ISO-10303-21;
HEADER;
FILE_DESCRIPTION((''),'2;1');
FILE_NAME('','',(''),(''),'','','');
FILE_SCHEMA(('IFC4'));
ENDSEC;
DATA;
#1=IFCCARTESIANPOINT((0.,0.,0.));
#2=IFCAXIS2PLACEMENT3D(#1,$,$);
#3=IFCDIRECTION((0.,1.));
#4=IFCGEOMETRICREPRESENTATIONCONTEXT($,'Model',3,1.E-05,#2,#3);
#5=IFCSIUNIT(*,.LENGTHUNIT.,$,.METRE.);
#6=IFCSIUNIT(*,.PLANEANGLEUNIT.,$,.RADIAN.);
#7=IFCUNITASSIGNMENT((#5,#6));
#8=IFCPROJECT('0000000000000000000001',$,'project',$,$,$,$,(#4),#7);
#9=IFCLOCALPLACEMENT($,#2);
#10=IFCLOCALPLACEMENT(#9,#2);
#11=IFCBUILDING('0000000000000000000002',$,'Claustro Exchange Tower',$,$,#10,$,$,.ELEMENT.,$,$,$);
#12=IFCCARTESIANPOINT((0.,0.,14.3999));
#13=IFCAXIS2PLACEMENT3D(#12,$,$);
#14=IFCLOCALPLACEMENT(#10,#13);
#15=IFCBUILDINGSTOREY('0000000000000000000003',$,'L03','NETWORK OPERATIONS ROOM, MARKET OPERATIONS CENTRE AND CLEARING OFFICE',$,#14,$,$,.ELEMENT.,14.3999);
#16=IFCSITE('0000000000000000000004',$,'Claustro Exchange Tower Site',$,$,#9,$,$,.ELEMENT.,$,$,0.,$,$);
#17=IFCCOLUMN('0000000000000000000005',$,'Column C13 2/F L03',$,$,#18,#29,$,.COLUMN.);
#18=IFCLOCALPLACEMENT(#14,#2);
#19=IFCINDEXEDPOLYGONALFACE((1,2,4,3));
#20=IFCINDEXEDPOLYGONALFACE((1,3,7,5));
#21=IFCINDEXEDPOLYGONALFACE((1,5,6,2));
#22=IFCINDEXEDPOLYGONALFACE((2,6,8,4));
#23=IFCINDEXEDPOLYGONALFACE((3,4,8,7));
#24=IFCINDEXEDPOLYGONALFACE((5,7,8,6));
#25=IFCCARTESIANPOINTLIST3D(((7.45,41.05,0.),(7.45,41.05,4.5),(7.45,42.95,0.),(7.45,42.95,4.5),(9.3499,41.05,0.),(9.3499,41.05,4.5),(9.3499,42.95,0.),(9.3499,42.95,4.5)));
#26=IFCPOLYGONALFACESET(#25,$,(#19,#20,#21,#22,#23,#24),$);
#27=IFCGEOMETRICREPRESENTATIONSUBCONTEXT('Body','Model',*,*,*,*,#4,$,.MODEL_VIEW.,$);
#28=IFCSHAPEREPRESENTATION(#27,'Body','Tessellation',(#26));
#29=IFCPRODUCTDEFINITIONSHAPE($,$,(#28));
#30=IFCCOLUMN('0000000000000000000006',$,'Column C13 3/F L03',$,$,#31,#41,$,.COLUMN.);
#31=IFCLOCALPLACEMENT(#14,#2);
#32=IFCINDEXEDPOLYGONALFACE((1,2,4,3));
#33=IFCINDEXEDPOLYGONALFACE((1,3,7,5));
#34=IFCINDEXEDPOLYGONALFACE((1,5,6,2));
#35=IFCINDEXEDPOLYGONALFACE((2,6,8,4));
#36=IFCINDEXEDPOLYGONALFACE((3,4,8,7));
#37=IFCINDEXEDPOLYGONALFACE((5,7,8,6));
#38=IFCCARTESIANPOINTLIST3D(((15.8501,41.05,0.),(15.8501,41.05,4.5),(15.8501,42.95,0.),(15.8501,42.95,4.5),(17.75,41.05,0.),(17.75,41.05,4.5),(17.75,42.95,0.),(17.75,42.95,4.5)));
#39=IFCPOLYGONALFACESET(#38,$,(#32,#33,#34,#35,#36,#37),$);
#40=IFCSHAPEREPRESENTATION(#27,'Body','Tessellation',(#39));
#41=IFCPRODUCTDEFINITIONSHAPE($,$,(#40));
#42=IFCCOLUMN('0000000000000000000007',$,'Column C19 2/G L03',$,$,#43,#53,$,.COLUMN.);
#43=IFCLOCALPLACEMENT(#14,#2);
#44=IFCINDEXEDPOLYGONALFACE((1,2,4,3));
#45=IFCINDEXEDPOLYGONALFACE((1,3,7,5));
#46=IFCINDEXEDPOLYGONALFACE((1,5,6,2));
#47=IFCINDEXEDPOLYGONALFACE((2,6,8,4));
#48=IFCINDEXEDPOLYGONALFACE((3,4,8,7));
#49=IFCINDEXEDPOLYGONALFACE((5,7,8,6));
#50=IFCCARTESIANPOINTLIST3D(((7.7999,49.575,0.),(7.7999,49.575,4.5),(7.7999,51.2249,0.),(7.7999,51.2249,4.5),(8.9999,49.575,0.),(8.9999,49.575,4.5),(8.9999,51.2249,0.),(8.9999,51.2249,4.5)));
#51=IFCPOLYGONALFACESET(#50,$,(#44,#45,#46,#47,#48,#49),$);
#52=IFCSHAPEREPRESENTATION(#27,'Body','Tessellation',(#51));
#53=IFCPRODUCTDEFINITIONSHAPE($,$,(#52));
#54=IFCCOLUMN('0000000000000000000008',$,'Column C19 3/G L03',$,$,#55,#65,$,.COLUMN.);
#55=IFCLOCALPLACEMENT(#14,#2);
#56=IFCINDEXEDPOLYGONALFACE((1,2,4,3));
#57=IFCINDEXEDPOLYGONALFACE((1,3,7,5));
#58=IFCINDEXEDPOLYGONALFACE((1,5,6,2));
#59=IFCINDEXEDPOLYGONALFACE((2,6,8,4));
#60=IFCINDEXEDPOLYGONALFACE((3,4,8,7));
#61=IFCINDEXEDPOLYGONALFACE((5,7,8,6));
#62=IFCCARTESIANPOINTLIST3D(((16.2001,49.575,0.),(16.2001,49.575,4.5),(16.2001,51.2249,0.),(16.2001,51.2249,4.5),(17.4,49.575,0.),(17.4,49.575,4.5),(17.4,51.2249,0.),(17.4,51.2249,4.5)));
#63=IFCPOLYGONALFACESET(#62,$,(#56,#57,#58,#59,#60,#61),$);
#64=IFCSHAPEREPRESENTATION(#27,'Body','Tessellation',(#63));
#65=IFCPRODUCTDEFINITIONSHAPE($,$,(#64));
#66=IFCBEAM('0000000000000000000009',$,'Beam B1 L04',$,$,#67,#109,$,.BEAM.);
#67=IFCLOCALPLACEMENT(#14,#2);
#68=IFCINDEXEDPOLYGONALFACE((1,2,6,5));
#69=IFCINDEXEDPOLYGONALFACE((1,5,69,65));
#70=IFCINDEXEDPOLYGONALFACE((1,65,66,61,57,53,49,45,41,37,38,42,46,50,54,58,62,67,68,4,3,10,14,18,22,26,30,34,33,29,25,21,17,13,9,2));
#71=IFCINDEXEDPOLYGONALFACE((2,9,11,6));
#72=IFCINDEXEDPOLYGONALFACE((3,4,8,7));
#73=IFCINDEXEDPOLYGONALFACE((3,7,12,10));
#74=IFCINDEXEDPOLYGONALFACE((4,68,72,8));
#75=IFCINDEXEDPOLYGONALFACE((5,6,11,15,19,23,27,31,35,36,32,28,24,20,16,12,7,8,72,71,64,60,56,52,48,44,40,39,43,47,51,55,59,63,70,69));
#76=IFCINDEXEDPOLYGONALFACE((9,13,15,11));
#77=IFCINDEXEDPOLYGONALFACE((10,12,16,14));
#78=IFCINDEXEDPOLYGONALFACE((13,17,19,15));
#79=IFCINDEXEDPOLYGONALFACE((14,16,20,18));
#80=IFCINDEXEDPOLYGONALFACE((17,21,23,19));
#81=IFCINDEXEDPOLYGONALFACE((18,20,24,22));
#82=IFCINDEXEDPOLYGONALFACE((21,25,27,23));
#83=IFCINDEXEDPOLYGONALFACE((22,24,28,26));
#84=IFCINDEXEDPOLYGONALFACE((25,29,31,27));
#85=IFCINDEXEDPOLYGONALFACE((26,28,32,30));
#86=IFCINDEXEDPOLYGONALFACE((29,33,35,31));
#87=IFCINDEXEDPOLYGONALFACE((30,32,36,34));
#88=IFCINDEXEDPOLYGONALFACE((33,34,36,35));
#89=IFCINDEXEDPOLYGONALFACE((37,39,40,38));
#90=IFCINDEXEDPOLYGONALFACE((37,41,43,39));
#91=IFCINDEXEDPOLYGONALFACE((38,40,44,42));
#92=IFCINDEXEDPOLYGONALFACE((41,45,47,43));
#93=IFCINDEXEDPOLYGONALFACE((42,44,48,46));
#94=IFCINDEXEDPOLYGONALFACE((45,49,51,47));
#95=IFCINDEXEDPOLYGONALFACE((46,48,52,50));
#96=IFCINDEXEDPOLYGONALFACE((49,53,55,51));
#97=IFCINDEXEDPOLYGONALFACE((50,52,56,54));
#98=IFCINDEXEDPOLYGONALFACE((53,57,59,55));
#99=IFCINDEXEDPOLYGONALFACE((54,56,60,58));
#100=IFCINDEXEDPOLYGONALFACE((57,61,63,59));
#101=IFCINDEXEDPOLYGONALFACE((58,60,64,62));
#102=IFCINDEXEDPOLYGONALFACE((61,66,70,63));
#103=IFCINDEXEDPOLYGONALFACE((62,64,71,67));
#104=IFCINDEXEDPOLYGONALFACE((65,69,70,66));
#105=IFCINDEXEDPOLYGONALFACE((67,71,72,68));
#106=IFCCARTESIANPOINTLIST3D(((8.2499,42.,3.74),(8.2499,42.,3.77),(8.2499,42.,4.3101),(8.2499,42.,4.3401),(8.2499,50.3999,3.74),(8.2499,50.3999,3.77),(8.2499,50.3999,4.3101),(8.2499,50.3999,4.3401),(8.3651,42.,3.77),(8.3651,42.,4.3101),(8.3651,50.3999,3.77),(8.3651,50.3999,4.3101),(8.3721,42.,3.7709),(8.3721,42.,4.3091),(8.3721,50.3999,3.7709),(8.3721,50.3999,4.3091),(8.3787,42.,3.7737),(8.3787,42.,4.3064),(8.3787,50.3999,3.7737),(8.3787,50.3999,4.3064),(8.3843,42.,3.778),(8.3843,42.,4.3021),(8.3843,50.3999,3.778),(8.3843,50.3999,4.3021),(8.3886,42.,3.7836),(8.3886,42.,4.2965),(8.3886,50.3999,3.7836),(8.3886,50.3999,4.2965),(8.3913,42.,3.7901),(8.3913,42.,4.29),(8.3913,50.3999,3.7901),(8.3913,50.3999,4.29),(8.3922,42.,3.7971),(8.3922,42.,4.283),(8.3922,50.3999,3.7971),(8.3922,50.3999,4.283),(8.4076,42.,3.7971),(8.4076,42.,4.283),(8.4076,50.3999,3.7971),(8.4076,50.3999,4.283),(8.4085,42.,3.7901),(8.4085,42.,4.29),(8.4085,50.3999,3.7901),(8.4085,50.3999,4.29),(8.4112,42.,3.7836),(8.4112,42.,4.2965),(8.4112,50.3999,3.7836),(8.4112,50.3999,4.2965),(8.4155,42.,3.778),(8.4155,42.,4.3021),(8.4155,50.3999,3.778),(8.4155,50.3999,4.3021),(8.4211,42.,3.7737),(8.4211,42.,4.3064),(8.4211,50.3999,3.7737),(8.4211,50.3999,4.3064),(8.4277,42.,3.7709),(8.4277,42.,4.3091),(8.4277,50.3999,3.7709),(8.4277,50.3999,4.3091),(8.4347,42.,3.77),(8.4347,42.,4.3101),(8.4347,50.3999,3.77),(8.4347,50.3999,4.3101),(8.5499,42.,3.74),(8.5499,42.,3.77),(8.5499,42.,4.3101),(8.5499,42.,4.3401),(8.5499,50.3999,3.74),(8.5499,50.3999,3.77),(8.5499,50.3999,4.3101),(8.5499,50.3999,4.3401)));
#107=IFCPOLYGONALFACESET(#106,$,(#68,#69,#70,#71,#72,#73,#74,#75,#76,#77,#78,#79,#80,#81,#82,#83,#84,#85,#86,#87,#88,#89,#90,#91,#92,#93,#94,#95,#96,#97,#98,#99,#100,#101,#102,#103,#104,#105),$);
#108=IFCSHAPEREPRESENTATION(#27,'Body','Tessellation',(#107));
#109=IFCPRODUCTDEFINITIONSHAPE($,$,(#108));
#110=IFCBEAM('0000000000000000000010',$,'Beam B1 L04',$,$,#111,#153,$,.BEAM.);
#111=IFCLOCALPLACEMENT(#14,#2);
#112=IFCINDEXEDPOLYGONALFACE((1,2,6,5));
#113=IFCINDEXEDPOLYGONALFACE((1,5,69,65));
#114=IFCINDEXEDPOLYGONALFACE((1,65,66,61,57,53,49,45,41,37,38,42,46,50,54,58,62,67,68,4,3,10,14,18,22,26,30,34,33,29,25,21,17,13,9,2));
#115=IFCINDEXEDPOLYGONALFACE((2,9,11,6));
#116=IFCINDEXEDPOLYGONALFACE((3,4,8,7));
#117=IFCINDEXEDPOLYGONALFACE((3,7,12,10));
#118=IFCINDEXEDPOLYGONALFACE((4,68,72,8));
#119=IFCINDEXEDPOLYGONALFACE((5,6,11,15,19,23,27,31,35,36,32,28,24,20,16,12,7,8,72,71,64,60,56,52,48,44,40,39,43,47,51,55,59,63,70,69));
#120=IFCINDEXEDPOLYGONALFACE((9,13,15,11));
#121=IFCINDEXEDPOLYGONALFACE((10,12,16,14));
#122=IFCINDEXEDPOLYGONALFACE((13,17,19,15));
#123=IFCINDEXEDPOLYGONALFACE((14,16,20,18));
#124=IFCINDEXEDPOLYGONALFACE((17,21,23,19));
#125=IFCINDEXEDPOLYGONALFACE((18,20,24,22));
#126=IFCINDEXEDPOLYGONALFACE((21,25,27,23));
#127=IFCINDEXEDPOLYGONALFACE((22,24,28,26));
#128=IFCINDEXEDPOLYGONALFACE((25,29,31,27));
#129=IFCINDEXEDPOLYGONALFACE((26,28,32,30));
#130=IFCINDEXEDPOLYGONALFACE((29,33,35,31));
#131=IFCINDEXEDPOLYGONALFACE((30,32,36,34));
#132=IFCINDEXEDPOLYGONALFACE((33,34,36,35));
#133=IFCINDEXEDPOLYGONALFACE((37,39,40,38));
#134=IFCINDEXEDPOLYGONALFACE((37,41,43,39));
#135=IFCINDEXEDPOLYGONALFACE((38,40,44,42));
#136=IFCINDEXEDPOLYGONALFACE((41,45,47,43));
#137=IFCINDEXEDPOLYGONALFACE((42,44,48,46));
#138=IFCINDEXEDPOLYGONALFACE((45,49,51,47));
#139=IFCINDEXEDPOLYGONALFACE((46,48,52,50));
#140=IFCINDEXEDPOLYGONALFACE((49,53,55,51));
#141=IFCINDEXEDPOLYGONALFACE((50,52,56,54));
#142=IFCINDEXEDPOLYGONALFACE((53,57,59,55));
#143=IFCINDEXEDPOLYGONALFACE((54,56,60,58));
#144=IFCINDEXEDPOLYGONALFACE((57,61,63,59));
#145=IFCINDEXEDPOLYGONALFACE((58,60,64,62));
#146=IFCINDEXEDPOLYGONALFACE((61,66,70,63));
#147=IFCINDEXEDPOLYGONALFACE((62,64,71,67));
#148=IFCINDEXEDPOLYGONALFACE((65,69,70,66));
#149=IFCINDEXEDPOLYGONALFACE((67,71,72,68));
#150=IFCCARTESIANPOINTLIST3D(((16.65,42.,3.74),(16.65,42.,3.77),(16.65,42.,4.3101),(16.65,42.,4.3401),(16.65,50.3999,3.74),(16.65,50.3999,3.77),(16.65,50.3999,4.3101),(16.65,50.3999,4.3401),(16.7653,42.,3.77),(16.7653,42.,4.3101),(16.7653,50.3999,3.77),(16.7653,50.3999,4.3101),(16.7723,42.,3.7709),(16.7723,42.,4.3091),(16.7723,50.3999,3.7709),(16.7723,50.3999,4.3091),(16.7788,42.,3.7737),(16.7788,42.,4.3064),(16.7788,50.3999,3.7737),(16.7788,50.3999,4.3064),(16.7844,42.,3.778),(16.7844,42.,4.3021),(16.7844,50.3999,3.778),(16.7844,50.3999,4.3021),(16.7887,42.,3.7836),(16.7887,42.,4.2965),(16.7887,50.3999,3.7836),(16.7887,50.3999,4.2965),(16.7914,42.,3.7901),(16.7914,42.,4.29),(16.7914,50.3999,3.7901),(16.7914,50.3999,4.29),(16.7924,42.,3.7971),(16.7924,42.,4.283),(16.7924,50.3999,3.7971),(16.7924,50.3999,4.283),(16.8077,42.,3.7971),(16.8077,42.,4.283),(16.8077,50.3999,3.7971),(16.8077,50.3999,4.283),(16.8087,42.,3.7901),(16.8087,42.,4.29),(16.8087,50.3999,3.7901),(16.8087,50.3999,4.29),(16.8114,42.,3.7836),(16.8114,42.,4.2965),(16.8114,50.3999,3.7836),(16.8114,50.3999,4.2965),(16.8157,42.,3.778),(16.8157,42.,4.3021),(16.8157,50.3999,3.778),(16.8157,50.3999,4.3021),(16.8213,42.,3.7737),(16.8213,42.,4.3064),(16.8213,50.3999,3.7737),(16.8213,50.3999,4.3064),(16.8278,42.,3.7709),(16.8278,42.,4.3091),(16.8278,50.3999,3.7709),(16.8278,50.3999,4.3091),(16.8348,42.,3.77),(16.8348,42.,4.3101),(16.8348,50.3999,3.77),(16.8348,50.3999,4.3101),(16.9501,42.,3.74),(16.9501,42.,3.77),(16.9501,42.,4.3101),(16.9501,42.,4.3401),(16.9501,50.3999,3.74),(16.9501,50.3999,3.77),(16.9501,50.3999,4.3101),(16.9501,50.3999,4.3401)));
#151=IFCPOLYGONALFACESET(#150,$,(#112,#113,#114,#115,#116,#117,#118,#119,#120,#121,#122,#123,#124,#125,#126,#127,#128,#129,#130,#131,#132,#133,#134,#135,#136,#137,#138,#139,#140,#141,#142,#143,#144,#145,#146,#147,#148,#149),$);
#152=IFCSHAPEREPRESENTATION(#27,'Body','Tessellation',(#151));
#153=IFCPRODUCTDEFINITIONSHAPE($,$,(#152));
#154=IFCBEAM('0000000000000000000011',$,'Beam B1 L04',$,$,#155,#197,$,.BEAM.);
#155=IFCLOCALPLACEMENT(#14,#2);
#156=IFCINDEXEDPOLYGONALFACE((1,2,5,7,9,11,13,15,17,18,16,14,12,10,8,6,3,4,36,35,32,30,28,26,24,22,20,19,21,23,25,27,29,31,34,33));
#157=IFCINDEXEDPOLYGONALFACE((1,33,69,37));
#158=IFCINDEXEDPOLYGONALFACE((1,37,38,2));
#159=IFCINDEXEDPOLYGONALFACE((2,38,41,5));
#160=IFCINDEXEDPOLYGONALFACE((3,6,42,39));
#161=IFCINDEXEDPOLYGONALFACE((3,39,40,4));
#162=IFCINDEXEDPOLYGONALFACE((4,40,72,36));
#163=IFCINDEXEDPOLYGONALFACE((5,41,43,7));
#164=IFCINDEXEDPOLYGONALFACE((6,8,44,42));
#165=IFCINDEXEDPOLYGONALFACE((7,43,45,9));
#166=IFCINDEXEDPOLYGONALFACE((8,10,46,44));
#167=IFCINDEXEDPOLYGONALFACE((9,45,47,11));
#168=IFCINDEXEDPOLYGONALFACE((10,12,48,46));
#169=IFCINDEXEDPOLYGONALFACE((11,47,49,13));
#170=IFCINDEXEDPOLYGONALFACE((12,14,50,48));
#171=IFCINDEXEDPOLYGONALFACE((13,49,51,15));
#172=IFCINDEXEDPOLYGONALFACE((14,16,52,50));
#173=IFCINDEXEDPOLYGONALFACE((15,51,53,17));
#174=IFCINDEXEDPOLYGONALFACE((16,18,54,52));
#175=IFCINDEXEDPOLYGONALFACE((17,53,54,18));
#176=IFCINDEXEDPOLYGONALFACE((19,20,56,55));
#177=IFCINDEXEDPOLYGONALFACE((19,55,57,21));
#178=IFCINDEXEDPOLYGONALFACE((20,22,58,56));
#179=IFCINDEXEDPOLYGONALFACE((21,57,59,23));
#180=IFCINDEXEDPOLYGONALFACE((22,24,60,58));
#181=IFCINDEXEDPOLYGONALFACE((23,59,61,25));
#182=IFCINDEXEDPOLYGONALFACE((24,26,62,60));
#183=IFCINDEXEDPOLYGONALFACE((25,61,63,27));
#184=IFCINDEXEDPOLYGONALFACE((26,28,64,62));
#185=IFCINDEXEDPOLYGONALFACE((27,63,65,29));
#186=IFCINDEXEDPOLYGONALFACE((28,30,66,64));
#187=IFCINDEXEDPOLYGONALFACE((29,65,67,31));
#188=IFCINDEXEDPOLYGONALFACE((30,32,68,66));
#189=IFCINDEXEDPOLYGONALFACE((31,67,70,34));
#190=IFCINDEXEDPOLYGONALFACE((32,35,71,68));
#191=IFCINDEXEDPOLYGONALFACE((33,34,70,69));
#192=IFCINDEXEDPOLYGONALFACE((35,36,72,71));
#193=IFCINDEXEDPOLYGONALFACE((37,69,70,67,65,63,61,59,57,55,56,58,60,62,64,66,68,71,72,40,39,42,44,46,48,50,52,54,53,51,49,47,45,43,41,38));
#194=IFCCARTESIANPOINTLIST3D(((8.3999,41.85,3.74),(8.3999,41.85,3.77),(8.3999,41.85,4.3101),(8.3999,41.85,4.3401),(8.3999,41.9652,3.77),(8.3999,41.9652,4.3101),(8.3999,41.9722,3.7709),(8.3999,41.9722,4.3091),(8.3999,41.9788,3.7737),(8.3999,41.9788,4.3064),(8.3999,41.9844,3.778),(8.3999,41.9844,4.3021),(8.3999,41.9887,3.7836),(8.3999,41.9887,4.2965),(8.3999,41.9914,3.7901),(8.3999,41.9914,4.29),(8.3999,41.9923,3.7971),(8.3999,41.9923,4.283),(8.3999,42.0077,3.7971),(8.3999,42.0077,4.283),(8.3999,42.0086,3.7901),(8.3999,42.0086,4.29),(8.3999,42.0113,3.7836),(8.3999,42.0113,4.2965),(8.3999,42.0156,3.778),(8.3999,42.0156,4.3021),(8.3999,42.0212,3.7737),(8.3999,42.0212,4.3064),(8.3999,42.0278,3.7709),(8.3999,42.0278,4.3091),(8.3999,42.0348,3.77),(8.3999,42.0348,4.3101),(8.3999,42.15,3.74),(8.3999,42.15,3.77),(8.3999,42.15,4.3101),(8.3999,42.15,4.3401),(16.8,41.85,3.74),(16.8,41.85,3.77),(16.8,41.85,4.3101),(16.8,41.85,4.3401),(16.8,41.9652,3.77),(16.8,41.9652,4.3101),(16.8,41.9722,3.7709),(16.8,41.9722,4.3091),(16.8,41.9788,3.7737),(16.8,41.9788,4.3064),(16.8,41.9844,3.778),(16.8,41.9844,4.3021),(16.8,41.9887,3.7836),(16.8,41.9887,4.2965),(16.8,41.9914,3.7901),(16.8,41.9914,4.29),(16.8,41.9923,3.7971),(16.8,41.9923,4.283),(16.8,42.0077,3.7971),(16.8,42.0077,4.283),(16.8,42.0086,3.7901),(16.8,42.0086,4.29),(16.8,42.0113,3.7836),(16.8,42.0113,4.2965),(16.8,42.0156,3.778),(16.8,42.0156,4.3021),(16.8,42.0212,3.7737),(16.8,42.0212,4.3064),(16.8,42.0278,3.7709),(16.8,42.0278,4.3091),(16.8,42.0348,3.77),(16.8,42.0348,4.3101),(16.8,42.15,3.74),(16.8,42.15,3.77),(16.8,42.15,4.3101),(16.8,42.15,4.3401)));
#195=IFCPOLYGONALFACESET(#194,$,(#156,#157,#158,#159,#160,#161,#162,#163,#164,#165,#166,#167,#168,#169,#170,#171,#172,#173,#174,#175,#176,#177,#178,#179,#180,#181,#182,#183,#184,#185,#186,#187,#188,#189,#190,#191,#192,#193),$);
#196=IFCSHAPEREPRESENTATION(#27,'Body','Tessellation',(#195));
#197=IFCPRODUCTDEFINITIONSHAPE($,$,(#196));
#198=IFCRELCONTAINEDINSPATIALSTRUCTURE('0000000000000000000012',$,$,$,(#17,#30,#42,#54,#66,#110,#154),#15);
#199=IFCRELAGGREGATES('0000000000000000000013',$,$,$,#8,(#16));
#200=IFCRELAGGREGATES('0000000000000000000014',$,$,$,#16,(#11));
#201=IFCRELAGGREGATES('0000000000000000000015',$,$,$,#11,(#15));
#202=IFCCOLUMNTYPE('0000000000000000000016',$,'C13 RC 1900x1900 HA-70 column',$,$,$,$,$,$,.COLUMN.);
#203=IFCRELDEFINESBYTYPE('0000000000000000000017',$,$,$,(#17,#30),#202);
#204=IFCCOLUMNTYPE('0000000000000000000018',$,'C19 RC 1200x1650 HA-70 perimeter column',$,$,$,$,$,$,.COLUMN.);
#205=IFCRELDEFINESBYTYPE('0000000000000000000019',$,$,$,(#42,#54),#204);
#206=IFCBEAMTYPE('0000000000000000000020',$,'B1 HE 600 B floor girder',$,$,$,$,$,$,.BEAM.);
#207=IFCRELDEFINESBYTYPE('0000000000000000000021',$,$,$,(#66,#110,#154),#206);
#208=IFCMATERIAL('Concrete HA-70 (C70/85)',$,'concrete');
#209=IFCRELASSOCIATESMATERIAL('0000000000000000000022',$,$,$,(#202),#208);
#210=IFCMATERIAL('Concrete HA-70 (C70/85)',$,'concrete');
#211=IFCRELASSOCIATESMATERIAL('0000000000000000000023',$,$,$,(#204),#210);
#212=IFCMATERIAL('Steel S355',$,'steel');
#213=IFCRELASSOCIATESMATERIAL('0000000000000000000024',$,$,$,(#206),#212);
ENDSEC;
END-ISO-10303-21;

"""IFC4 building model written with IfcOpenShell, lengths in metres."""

from ifc_helpers import new_model, si_unit, direction, frame, origin, origin_2d, place, context, subcontext, project, spatial, rectangle, i_section, extrude, material, material_profile, profile_set, type_object, element, save


model = new_model("IFC4")

# Units and contexts
model_context = context("Model", 3, precision=1e-05, world=origin(), true_north=direction((0.0, 1.0)))
body_context = subcontext(model_context, "Body", "Model", "MODEL_VIEW")
ifc_project = project(units=[si_unit("LENGTHUNIT", "METRE"), si_unit("PLANEANGLEUNIT", "RADIAN")], contexts=[model_context])

# Site, building, storey
site_placement = place(None, origin())
site = spatial("IfcSite", under=ifc_project, at=site_placement, Name="Claustro Exchange Tower Site", CompositionType="ELEMENT", RefElevation=0.0)
building_placement = place(site_placement, origin())
building = spatial("IfcBuilding", under=site, at=building_placement, Name="Claustro Exchange Tower", CompositionType="ELEMENT")
storey_placement = place(building_placement, frame((0.0, 0.0, 14.3999)))
storey = spatial("IfcBuildingStorey", under=building, at=storey_placement, Name="L03", Description="NETWORK OPERATIONS ROOM, MARKET OPERATIONS CENTRE AND CLEARING OFFICE", CompositionType="ELEMENT", Elevation=14.3999)

# Columns
ifc_material_1 = material(Name="Concrete HA-70 (C70/85)", Category="concrete")
ifc_material_profile_1 = material_profile(ifc_material_1, rectangle(XDim=1.8999, YDim=1.8999, at=origin_2d()), Name="RC 1900x1900")
ifc_profile_set_1 = profile_set([ifc_material_profile_1], Name="Concrete HA-70 (C70/85)")
column_type_1 = type_object("IfcColumnType", Name="C13 RC 1900x1900 HA-70 column", PredefinedType="COLUMN", material=ifc_profile_set_1)
for number, where, z_axis, x_axis, name in (
    (1, (8.3999, 42.0, 0.0), (0.0, 0.0, 1.0), (1.0, 0.0, 0.0), "Column C13 2/F L03"),
    (2, (16.8, 42.0, 0.0), (0.0, 0.0, 1.0), (1.0, 0.0, 0.0), "Column C13 3/F L03"),
):
    element("IfcColumn", number, at=place(storey_placement, frame(where, z_axis=z_axis, x_axis=x_axis)), inside=storey, type_object=column_type_1, Name=name, PredefinedType="COLUMN", context=body_context, shape_type="SweptSolid", body=[
        extrude(rectangle(XDim=1.8999, YDim=1.8999, at=origin_2d()), origin(), (0.0, 0.0, 1.0), 4.5),
    ])
ifc_material_2 = material(Name="Concrete HA-70 (C70/85)", Category="concrete")
ifc_material_profile_2 = material_profile(ifc_material_2, rectangle(XDim=1.2, YDim=1.6499, at=origin_2d()), Name="RC 1200x1650")
ifc_profile_set_2 = profile_set([ifc_material_profile_2], Name="Concrete HA-70 (C70/85)")
column_type_2 = type_object("IfcColumnType", Name="C19 RC 1200x1650 HA-70 perimeter column", PredefinedType="COLUMN", material=ifc_profile_set_2)
for number, where, z_axis, x_axis, name in (
    (3, (8.3999, 50.3999, 0.0), (0.0, 0.0, 1.0), (1.0, 0.0, 0.0), "Column C19 2/G L03"),
    (4, (16.8, 50.3999, 0.0), (0.0, 0.0, 1.0), (1.0, 0.0, 0.0), "Column C19 3/G L03"),
):
    element("IfcColumn", number, at=place(storey_placement, frame(where, z_axis=z_axis, x_axis=x_axis)), inside=storey, type_object=column_type_2, Name=name, PredefinedType="COLUMN", context=body_context, shape_type="SweptSolid", body=[
        extrude(rectangle(XDim=1.2, YDim=1.6499, at=origin_2d()), origin(), (0.0, 0.0, 1.0), 4.5),
    ])

# Beams
ifc_material_3 = material(Name="Steel S355", Category="steel")
ifc_material_profile_3 = material_profile(ifc_material_3, i_section(OverallWidth=0.3, OverallDepth=0.6001, WebThickness=0.0154, FlangeThickness=0.03, FilletRadius=0.0271, at=origin_2d()), Name="HE 600 B")
ifc_profile_set_3 = profile_set([ifc_material_profile_3], Name="Steel S355")
beam_type_1 = type_object("IfcBeamType", Name="B1 HE 600 B floor girder", PredefinedType="BEAM", material=ifc_profile_set_3)
for number, where, z_axis, x_axis, name in (
    (5, (8.3999, 42.0, 4.04), (0.0, 1.0, 0.0), (-1.0, 0.0, 0.0), "Beam B1 L04"),
    (6, (16.8, 42.0, 4.04), (0.0, 1.0, 0.0), (-1.0, 0.0, 0.0), "Beam B1 L04"),
):
    element("IfcBeam", number, at=place(storey_placement, frame(where, z_axis=z_axis, x_axis=x_axis)), inside=storey, type_object=beam_type_1, Name=name, PredefinedType="BEAM", context=body_context, shape_type="SweptSolid", body=[
        extrude(i_section(OverallWidth=0.3, OverallDepth=0.6001, WebThickness=0.0154, FlangeThickness=0.03, FilletRadius=0.0271, at=origin_2d()), origin(), (0.0, 0.0, 1.0), 8.3999),
    ])
beam_1_placement = place(storey_placement, frame((8.3999, 42.0, 4.04), z_axis=(1.0, 0.0, 0.0), x_axis=(0.0, 1.0, 0.0)))
element("IfcBeam", 7, at=beam_1_placement, inside=storey, type_object=beam_type_1, Name="Beam B1 L04", PredefinedType="BEAM", context=body_context, shape_type="SweptSolid", body=[
    extrude(i_section(OverallWidth=0.3, OverallDepth=0.6001, WebThickness=0.0154, FlangeThickness=0.03, FilletRadius=0.0271, at=origin_2d()), origin(), (0.0, 0.0, 1.0), 8.4001),
])

save(model, "model.ifc")
